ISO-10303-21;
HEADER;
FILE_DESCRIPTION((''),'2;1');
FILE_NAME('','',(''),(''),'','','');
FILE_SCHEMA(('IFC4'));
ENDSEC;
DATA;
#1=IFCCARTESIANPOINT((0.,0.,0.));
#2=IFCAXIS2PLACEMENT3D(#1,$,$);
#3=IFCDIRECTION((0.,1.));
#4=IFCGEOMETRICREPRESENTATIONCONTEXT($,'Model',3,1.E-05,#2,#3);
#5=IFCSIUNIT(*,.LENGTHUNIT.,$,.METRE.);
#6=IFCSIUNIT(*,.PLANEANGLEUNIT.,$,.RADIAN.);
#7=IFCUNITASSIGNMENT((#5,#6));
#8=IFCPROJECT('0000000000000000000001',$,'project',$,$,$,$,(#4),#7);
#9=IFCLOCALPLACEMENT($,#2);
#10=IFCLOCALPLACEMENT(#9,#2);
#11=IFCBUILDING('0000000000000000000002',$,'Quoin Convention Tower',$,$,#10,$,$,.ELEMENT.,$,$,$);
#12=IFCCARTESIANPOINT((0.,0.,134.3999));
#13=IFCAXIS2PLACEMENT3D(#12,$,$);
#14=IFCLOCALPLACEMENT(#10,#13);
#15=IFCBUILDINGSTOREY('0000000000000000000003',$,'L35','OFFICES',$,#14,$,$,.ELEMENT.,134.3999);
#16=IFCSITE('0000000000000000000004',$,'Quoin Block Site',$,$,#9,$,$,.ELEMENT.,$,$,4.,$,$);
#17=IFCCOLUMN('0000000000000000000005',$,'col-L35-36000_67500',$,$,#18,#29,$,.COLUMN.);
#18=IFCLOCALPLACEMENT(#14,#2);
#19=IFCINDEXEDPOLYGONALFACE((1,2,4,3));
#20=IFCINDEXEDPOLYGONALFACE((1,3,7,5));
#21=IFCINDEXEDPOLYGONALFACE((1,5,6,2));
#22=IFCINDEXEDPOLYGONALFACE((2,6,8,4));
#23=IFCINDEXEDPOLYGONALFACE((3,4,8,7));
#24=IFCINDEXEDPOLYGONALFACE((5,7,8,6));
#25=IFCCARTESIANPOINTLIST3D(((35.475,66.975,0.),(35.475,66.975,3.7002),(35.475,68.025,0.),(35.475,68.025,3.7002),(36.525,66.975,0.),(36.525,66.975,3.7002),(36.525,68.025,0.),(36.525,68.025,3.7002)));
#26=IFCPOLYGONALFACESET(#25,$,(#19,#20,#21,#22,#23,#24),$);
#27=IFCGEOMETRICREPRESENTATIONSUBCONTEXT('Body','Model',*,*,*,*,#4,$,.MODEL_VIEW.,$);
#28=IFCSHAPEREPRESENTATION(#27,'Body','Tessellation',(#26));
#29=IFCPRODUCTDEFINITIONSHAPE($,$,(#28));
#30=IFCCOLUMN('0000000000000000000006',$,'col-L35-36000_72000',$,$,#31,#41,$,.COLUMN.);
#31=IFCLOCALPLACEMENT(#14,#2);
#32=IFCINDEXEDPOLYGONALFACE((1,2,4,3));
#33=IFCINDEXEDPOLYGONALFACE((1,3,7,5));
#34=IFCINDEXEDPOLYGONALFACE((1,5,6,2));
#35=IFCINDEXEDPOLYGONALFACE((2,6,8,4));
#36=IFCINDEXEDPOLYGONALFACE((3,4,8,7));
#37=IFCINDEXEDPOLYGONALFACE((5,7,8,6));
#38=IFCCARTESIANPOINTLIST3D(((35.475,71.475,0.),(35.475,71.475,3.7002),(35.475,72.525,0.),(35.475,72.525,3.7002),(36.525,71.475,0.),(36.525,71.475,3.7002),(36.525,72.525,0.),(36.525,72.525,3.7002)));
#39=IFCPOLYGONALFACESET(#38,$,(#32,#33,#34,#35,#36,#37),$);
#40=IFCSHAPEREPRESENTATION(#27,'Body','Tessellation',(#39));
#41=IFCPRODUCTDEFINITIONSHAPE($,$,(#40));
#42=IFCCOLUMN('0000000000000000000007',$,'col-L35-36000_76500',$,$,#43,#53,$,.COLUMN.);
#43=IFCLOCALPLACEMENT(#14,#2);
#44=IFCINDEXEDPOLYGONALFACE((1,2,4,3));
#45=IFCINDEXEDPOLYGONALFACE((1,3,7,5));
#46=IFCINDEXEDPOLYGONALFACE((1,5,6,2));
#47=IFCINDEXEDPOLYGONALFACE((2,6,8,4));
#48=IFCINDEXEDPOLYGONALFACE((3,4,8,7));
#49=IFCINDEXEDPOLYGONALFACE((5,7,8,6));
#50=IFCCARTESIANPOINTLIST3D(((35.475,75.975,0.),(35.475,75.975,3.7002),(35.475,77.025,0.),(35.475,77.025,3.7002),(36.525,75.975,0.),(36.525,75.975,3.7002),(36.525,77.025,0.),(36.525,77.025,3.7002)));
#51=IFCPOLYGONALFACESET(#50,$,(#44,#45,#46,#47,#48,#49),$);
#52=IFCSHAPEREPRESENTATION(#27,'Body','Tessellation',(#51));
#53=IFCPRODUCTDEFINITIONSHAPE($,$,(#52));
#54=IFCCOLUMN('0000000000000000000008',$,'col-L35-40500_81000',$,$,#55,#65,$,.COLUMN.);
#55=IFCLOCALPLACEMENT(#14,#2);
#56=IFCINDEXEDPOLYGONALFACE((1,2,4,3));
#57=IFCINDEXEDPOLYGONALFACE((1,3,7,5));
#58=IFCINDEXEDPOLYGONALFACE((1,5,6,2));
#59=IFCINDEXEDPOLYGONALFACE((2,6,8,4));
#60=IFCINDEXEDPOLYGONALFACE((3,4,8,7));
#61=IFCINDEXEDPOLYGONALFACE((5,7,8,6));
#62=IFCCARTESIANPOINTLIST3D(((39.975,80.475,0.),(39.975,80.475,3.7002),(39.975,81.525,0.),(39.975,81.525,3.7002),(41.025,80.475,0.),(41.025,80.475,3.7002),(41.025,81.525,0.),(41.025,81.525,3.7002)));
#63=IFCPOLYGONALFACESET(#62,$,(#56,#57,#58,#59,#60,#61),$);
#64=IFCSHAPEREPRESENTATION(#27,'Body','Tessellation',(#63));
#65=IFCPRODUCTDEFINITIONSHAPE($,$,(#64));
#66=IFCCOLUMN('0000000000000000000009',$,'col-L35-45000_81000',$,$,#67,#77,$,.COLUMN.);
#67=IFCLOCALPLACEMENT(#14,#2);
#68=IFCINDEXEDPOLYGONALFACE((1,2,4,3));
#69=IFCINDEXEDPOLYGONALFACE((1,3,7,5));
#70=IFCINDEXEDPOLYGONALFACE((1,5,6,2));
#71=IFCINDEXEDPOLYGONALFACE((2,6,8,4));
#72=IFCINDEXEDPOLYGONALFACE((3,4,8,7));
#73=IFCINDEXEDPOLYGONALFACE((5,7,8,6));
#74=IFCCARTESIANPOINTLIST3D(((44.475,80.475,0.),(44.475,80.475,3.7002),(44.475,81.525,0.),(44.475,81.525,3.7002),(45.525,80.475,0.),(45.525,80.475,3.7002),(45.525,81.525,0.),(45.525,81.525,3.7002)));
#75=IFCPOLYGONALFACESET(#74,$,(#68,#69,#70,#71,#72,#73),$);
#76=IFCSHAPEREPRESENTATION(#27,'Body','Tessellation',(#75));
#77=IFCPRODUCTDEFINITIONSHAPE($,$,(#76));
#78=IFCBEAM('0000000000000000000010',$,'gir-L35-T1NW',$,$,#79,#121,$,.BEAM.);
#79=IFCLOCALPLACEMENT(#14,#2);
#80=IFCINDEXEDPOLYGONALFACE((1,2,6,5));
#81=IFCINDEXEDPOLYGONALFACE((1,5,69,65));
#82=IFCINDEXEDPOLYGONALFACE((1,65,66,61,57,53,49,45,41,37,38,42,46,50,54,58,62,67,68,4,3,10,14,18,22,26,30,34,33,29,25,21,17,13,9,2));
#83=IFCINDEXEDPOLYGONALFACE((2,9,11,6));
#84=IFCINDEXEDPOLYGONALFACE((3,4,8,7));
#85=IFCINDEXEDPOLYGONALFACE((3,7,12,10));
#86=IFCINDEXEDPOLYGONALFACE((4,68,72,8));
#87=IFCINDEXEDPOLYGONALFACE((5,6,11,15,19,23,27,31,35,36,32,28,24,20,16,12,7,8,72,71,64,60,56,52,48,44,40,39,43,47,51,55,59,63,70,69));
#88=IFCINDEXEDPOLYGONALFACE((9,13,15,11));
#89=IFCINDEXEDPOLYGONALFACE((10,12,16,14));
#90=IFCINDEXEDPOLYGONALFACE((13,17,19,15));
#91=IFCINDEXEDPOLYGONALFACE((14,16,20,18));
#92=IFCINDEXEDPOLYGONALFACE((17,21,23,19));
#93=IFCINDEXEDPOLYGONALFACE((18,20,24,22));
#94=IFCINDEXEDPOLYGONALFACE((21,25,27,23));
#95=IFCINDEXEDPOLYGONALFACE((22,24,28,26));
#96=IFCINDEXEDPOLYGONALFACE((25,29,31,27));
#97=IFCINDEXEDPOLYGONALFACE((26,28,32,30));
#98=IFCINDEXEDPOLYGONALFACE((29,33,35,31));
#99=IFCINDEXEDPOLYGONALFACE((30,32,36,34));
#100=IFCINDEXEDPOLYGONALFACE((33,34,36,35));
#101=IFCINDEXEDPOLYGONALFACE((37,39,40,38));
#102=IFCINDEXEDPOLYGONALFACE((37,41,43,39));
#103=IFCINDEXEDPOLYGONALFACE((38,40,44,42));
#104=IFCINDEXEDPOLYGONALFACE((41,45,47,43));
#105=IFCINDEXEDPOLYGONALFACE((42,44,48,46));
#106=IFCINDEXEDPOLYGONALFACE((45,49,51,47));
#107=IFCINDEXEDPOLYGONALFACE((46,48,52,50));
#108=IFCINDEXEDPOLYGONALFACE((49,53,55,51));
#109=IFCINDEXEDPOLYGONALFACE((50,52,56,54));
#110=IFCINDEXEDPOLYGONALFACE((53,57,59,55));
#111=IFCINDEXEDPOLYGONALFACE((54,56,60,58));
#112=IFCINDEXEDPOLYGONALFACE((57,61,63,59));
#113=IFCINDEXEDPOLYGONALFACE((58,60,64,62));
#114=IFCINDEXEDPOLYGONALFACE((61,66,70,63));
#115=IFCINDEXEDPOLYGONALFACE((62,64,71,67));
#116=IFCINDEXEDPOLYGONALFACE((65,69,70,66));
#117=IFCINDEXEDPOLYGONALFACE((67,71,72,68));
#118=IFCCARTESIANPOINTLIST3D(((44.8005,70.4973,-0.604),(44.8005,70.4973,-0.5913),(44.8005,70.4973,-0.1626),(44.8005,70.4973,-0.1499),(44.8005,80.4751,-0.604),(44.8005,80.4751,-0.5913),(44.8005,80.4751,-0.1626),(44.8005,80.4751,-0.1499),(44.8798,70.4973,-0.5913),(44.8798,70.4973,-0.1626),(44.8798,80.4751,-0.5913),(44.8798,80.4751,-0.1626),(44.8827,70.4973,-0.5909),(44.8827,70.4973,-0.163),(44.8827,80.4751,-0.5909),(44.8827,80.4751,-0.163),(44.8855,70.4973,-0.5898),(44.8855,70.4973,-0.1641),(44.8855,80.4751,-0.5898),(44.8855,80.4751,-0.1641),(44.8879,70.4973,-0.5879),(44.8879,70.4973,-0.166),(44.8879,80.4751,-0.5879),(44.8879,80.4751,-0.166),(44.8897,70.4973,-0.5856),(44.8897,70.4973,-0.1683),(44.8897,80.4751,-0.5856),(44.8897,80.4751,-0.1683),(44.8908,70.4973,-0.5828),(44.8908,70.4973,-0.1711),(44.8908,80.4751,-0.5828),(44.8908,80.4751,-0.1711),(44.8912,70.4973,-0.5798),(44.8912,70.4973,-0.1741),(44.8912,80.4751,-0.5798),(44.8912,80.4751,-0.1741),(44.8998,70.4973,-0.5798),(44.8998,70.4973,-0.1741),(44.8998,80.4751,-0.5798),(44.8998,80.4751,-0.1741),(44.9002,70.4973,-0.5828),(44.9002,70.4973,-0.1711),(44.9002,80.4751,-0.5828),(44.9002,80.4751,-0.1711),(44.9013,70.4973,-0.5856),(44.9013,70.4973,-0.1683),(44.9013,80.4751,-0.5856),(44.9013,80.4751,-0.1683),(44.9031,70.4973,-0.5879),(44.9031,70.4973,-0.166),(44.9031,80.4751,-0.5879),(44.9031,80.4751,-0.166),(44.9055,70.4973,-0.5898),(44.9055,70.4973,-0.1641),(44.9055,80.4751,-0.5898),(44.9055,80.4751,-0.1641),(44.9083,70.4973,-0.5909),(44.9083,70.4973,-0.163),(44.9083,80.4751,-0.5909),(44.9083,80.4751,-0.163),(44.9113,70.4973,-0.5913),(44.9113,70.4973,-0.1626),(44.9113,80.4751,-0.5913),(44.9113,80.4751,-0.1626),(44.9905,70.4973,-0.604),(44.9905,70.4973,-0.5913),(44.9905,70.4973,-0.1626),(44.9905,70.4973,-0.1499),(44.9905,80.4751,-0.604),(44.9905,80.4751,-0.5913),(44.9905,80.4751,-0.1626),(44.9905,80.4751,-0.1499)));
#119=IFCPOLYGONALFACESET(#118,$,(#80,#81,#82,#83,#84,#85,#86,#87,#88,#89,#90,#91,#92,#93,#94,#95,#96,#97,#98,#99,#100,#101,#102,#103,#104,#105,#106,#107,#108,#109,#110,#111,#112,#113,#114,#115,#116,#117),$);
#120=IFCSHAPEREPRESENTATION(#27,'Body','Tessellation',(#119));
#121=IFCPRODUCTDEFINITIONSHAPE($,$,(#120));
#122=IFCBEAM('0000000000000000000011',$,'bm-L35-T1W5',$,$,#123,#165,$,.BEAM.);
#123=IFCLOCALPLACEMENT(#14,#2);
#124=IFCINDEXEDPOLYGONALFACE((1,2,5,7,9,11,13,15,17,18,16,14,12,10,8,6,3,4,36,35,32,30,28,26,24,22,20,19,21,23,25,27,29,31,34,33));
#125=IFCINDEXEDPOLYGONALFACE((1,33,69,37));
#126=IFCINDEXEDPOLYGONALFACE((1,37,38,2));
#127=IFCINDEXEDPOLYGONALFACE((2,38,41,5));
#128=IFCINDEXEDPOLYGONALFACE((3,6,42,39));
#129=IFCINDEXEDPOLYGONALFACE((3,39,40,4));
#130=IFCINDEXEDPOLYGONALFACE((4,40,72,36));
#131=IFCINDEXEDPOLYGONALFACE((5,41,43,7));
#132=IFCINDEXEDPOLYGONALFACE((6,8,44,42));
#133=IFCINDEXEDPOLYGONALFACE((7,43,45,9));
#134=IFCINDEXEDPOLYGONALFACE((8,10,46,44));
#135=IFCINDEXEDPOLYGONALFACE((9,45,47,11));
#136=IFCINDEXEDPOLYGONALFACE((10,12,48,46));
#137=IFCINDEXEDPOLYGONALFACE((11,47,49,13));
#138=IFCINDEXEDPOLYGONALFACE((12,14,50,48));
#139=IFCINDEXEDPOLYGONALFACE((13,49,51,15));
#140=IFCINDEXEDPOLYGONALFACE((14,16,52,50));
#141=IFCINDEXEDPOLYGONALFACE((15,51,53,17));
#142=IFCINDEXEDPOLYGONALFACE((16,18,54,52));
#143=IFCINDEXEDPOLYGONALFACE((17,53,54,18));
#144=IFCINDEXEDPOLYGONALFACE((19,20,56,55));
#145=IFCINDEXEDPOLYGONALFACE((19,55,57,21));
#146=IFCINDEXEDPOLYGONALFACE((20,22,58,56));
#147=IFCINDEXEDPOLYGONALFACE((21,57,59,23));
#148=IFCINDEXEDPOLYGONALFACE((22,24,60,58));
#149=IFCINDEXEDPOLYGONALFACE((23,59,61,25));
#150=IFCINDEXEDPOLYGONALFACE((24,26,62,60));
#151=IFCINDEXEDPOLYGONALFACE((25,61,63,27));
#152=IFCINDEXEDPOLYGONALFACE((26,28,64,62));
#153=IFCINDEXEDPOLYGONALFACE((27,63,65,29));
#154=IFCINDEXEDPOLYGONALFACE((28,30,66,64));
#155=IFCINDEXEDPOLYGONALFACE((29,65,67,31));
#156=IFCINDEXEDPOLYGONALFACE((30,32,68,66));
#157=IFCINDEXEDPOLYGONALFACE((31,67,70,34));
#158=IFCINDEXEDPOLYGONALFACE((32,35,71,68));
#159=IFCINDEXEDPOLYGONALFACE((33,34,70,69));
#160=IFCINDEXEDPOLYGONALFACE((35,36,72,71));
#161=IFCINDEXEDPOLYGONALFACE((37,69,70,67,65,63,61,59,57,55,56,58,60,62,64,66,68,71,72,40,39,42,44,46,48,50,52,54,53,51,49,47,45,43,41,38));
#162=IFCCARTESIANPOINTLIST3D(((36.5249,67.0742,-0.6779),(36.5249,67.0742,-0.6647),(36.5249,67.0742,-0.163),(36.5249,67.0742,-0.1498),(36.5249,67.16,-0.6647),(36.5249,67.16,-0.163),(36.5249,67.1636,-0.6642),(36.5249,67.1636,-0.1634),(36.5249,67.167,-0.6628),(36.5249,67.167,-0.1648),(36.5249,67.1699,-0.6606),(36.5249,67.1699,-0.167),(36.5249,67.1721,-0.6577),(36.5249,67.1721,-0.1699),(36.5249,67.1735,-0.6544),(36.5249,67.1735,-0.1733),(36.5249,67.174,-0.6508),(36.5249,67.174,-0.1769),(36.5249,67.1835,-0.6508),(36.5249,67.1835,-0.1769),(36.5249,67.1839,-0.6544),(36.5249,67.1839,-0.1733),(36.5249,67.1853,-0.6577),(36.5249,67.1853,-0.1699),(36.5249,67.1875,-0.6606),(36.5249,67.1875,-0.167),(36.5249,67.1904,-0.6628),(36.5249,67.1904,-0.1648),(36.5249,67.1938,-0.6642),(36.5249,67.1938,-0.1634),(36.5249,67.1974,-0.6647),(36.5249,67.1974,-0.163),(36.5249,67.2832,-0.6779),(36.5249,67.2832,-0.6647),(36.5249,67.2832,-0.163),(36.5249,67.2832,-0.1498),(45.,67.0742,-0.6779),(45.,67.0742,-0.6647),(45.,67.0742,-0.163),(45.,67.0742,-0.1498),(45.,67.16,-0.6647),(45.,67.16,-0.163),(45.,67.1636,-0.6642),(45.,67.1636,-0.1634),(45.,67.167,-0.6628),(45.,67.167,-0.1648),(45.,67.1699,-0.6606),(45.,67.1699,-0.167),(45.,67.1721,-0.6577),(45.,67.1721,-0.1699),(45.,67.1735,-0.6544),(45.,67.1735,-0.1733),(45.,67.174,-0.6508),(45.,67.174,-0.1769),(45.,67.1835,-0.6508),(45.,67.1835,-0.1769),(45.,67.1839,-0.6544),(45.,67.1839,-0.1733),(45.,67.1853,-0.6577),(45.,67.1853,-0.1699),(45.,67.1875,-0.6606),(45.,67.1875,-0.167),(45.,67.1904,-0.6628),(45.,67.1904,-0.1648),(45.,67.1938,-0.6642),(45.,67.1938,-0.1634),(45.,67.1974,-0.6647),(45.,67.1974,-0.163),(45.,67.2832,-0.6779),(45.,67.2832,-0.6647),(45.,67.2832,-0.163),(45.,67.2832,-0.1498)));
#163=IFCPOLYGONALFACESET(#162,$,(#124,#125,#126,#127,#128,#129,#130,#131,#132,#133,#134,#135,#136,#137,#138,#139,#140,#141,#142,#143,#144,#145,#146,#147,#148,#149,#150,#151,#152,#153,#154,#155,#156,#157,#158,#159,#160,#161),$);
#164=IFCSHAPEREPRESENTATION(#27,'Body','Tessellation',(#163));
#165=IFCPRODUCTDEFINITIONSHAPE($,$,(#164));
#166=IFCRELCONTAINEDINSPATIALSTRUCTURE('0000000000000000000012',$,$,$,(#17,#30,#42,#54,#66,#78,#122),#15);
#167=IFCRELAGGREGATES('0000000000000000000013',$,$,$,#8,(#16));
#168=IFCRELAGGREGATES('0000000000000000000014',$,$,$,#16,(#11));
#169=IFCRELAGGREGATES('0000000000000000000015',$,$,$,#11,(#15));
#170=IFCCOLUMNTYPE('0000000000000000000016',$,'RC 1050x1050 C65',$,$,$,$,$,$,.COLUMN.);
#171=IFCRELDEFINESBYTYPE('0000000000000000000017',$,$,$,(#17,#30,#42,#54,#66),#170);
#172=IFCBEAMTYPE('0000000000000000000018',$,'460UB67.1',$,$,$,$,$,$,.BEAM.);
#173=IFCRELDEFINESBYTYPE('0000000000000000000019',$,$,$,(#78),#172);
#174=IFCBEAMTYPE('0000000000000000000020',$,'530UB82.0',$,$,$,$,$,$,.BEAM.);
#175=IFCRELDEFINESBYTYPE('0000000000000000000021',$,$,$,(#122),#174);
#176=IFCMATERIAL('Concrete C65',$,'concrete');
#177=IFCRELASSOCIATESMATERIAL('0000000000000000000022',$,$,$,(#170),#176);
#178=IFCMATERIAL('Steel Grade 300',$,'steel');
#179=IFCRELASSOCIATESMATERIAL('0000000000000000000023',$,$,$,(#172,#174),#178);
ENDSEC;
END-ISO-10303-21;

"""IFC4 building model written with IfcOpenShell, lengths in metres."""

from ifc_helpers import new_model, si_unit, direction, frame, origin, origin_2d, place, context, subcontext, project, spatial, rectangle, i_section, extrude, material, material_profile, profile_set, type_object, element, save


model = new_model("IFC4")

# Units and contexts
model_context = context("Model", 3, precision=1e-05, world=origin(), true_north=direction((0.0, 1.0)))
body_context = subcontext(model_context, "Body", "Model", "MODEL_VIEW")
ifc_project = project(units=[si_unit("LENGTHUNIT", "METRE"), si_unit("PLANEANGLEUNIT", "RADIAN")], contexts=[model_context])

# Site, building, storey
site_placement = place(None, origin())
site = spatial("IfcSite", under=ifc_project, at=site_placement, Name="Quoin Block Site", CompositionType="ELEMENT", RefElevation=4.0)
building_placement = place(site_placement, origin())
building = spatial("IfcBuilding", under=site, at=building_placement, Name="Quoin Convention Tower", CompositionType="ELEMENT")
storey_placement = place(building_placement, frame((0.0, 0.0, 134.3999)))
storey = spatial("IfcBuildingStorey", under=building, at=storey_placement, Name="L35", Description="OFFICES", CompositionType="ELEMENT", Elevation=134.3999)

# Columns
ifc_material_1 = material(Name="Concrete C65", Category="concrete")
ifc_material_profile_1 = material_profile(ifc_material_1, rectangle(XDim=1.05, YDim=1.05, at=origin_2d()), Name="RC 1050x1050")
ifc_profile_set_1 = profile_set([ifc_material_profile_1], Name="Concrete C65")
column_type = type_object("IfcColumnType", Name="RC 1050x1050 C65", PredefinedType="COLUMN", material=ifc_profile_set_1)
for number, where, z_axis, x_axis, name in (
    (1, (36.0, 67.5, 0.0), (0.0, 0.0, 1.0), (1.0, 0.0, 0.0), "col-L35-36000_67500"),
    (2, (36.0, 72.0, 0.0), (0.0, 0.0, 1.0), (1.0, 0.0, 0.0), "col-L35-36000_72000"),
    (3, (36.0, 76.5, 0.0), (0.0, 0.0, 1.0), (1.0, 0.0, 0.0), "col-L35-36000_76500"),
    (4, (40.5, 81.0, 0.0), (0.0, 0.0, 1.0), (1.0, 0.0, 0.0), "col-L35-40500_81000"),
    (5, (45.0, 81.0, 0.0), (0.0, 0.0, 1.0), (1.0, 0.0, 0.0), "col-L35-45000_81000"),
):
    element("IfcColumn", number, at=place(storey_placement, frame(where, z_axis=z_axis, x_axis=x_axis)), inside=storey, type_object=column_type, Name=name, PredefinedType="COLUMN", context=body_context, shape_type="SweptSolid", body=[
        extrude(rectangle(XDim=1.05, YDim=1.05, at=origin_2d()), origin(), (0.0, 0.0, 1.0), 3.7002),
    ])

# Beams
ifc_material_2 = material(Name="Steel Grade 300", Category="steel")
ifc_material_profile_2 = material_profile(ifc_material_2, i_section(OverallWidth=0.1899, OverallDepth=0.4541, WebThickness=0.0085, FlangeThickness=0.0127, FilletRadius=0.0115, at=origin_2d()), Name="460UB67.1")
ifc_profile_set_2 = profile_set([ifc_material_profile_2], Name="Steel Grade 300")
beam_type_1 = type_object("IfcBeamType", Name="460UB67.1", PredefinedType="BEAM", material=ifc_profile_set_2)
beam_1_placement = place(storey_placement, frame((44.8955, 80.4751, -0.377), z_axis=(0.0, -1.0, 0.0), x_axis=(1.0, 0.0, 0.0)))
element("IfcBeam", 6, at=beam_1_placement, inside=storey, type_object=beam_type_1, Name="gir-L35-T1NW", PredefinedType="BEAM", context=body_context, shape_type="SweptSolid", body=[
    extrude(i_section(OverallWidth=0.1899, OverallDepth=0.4541, WebThickness=0.0085, FlangeThickness=0.0127, FilletRadius=0.0115, at=origin_2d()), origin(), (0.0, 0.0, 1.0), 9.9778),
])
ifc_material_profile_3 = material_profile(ifc_material_2, i_section(OverallWidth=0.209, OverallDepth=0.5281, WebThickness=0.0095, FlangeThickness=0.0132, FilletRadius=0.0139, at=origin_2d()), Name="530UB82.0")
ifc_profile_set_3 = profile_set([ifc_material_profile_3], Name="Steel Grade 300")
beam_type_2 = type_object("IfcBeamType", Name="530UB82.0", PredefinedType="BEAM", material=ifc_profile_set_3)
beam_2_placement = place(storey_placement, frame((36.5249, 67.1787, -0.4138), z_axis=(1.0, 0.0, 0.0), x_axis=(0.0, 1.0, 0.0)))
element("IfcBeam", 7, at=beam_2_placement, inside=storey, type_object=beam_type_2, Name="bm-L35-T1W5", PredefinedType="BEAM", context=body_context, shape_type="SweptSolid", body=[
    extrude(i_section(OverallWidth=0.209, OverallDepth=0.5281, WebThickness=0.0095, FlangeThickness=0.0132, FilletRadius=0.0139, at=origin_2d()), origin(), (0.0, 0.0, 1.0), 8.4751),
])

save(model, "model.ifc")
